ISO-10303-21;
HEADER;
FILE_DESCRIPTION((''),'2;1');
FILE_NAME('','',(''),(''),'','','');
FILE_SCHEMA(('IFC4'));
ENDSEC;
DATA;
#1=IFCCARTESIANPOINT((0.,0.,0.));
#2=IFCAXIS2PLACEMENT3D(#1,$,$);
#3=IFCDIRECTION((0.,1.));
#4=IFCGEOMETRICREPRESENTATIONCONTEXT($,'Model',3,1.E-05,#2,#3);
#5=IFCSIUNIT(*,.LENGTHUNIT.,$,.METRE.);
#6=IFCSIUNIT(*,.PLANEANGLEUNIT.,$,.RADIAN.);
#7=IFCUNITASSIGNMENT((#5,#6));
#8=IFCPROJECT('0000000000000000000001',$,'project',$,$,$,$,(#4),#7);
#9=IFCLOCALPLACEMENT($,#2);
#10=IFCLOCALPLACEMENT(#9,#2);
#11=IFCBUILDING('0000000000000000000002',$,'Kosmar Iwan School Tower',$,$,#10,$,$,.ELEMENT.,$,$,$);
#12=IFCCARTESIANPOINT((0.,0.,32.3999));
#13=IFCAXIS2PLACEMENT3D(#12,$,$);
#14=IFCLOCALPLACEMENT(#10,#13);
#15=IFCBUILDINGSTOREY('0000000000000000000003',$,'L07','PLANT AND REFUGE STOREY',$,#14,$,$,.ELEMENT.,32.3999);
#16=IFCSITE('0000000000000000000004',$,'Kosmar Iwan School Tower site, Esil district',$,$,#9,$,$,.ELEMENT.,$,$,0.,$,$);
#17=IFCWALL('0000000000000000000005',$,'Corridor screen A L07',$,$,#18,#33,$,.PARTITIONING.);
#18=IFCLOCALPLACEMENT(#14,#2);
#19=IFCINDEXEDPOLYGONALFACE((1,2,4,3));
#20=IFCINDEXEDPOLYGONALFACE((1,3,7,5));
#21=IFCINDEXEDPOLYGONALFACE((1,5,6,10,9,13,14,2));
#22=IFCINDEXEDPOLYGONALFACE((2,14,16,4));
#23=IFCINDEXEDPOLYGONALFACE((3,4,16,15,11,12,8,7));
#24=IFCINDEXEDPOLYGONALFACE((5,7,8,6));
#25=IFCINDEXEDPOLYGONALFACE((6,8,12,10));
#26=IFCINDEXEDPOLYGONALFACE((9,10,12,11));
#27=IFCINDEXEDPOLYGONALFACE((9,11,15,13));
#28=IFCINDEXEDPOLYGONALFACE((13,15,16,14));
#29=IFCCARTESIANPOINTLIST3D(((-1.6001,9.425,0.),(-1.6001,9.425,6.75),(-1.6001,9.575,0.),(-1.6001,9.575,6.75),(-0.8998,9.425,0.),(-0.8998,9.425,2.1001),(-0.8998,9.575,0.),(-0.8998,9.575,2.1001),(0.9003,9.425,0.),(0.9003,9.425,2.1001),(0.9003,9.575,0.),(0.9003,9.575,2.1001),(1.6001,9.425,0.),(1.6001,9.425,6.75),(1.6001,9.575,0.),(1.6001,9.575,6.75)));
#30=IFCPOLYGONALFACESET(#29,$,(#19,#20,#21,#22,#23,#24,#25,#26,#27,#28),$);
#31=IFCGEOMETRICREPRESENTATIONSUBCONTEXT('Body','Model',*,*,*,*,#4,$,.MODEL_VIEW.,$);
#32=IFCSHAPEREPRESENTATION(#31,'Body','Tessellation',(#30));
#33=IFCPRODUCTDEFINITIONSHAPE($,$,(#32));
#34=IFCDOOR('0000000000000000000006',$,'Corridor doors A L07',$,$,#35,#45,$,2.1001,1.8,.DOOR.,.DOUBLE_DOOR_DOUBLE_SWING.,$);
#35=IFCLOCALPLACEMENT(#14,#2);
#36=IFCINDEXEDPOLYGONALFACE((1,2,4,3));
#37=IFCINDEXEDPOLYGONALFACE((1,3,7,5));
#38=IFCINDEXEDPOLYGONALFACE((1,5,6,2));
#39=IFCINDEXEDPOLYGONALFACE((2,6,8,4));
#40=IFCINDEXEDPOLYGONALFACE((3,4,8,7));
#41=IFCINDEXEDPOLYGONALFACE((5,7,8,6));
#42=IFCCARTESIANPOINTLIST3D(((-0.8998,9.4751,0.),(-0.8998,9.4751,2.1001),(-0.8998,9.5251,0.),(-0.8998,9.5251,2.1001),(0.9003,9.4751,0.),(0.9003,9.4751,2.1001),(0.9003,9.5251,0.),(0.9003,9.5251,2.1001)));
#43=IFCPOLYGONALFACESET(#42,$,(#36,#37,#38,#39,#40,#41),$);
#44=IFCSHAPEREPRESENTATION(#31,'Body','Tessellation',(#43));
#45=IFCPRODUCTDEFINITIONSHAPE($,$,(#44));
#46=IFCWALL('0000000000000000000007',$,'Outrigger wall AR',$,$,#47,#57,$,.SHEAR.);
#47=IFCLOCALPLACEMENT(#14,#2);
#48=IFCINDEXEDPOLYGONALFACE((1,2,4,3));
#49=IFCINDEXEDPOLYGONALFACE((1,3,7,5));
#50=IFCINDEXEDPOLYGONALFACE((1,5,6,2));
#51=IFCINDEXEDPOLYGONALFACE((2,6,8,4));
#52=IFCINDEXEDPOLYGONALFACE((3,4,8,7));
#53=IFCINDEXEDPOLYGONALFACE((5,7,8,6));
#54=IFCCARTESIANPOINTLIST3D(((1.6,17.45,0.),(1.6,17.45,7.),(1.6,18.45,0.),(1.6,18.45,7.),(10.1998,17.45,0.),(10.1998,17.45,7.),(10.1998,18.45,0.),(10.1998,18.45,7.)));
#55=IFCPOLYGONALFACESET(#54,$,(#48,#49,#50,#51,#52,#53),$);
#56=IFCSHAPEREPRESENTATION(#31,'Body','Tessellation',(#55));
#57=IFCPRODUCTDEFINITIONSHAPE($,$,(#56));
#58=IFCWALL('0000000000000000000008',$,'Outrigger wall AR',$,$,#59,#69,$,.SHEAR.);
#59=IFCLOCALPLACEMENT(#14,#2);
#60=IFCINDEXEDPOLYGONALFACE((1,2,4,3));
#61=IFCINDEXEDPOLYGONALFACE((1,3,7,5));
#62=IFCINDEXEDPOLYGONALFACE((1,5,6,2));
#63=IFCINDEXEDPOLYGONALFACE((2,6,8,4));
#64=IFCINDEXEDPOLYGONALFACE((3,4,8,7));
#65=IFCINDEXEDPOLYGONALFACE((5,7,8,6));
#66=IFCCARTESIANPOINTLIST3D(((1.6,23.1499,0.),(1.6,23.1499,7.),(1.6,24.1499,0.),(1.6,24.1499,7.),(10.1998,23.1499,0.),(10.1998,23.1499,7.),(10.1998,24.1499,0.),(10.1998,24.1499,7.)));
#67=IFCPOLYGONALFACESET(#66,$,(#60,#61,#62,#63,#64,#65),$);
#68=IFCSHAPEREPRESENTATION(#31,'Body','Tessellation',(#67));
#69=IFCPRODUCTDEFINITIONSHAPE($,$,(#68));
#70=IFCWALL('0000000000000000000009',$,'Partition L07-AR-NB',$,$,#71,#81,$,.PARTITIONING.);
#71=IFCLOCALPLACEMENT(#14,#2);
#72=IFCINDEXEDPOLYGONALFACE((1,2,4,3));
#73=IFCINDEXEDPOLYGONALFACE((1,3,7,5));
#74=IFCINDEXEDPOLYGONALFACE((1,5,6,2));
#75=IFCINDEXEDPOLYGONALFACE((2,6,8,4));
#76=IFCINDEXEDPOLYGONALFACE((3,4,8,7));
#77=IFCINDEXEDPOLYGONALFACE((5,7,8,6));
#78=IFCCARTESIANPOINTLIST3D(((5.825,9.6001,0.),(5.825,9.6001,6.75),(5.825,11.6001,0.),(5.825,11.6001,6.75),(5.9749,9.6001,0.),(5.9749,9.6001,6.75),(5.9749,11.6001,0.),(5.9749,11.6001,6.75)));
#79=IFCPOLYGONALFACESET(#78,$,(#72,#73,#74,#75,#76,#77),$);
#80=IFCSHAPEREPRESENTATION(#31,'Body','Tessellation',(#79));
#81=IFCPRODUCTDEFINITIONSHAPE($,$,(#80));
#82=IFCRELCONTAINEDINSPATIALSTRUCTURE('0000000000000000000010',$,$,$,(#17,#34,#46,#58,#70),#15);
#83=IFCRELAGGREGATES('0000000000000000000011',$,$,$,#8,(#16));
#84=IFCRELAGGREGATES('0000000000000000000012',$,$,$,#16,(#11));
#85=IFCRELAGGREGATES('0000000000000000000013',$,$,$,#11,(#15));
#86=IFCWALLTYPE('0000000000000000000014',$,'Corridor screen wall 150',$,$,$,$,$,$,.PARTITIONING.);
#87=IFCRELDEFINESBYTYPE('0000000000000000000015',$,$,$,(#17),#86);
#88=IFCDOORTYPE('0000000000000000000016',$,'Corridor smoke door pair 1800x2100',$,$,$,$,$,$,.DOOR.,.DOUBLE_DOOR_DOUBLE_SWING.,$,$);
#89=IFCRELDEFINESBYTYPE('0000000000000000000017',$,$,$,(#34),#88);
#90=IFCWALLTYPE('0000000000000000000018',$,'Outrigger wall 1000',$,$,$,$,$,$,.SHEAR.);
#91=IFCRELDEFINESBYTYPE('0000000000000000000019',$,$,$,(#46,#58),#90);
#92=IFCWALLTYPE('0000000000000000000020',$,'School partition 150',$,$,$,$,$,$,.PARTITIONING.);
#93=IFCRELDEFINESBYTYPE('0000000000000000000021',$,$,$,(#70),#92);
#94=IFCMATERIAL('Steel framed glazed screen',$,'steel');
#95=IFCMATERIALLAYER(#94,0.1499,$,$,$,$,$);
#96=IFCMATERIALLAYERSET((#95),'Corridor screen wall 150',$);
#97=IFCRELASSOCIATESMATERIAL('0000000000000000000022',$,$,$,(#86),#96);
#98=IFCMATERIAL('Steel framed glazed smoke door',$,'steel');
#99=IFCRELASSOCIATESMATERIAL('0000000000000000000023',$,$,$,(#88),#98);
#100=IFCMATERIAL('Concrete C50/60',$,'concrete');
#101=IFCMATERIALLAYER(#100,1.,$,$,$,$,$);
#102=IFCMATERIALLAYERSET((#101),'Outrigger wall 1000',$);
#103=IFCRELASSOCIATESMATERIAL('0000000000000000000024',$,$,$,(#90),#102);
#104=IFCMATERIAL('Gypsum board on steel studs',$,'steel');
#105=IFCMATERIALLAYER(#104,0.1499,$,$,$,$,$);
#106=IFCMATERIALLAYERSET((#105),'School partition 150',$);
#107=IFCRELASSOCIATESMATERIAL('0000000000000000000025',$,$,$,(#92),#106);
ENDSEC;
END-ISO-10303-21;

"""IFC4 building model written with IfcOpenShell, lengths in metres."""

from ifc_helpers import new_model, si_unit, direction, frame, frame_2d, origin, place, context, subcontext, project, spatial, rectangle, extrude, material, layer, layer_set, type_object, element, fill, save


model = new_model("IFC4")

# Units and contexts
model_context = context("Model", 3, precision=1e-05, world=origin(), true_north=direction((0.0, 1.0)))
body_context = subcontext(model_context, "Body", "Model", "MODEL_VIEW")
ifc_project = project(units=[si_unit("LENGTHUNIT", "METRE"), si_unit("PLANEANGLEUNIT", "RADIAN")], contexts=[model_context])

# Site, building, storey
site_placement = place(None, origin())
site = spatial("IfcSite", under=ifc_project, at=site_placement, Name="Kosmar Iwan School Tower site, Esil district", CompositionType="ELEMENT", RefElevation=0.0)
building_placement = place(site_placement, origin())
building = spatial("IfcBuilding", under=site, at=building_placement, Name="Kosmar Iwan School Tower", CompositionType="ELEMENT")
storey_placement = place(building_placement, frame((0.0, 0.0, 32.3999)))
storey = spatial("IfcBuildingStorey", under=building, at=storey_placement, Name="L07", Description="PLANT AND REFUGE STOREY", CompositionType="ELEMENT", Elevation=32.3999)

# Wall, opening, door
ifc_material_1 = material(Name="Steel framed glazed screen", Category="steel")
ifc_layer_1 = layer(ifc_material_1, 0.1499)
ifc_layer_set_1 = layer_set([ifc_layer_1], Name="Corridor screen wall 150")
wall_type_1 = type_object("IfcWallType", Name="Corridor screen wall 150", PredefinedType="PARTITIONING", material=ifc_layer_set_1)
wall_1_placement = place(storey_placement, frame((1.6001, 9.5, 0.0), z_axis=(0.0, 0.0, 1.0), x_axis=(-1.0, 0.0, 0.0)))
wall_1 = element("IfcWall", 1, at=wall_1_placement, inside=storey, type_object=wall_type_1, Name="Corridor screen A L07", PredefinedType="PARTITIONING", context=body_context, shape_type="SweptSolid", body=[
    extrude(rectangle(XDim=3.2002, YDim=0.1499, at=frame_2d((1.6001, 0.0))), origin(), (0.0, 0.0, 1.0), 6.75),
])
opening_1_placement = place(wall_1_placement, frame((0.7, 0.0, 0.0)))
opening_1 = element("IfcOpeningElement", 2, at=opening_1_placement, cuts=wall_1, PredefinedType="OPENING", context=body_context, shape_type="SweptSolid", body=[
    extrude(rectangle(XDim=1.8, YDim=2.1001, at=frame_2d((0.8999, 1.05))), frame((0.0, 0.0869, 0.0), z_axis=(0.0, -1.0, 0.0), x_axis=(1.0, 0.0, 0.0)), (0.0, 0.0, 1.0), 0.1738),
])
ifc_material_2 = material(Name="Steel framed glazed smoke door", Category="steel")
door_type_1 = type_object("IfcDoorType", Name="Corridor smoke door pair 1800x2100", OperationType="DOUBLE_DOOR_DOUBLE_SWING", PredefinedType="DOOR", material=ifc_material_2)
door_1_placement = place(opening_1_placement, origin())
door_1 = element("IfcDoor", 3, at=door_1_placement, inside=storey, type_object=door_type_1, Name="Corridor doors A L07", OperationType="DOUBLE_DOOR_DOUBLE_SWING", OverallHeight=2.1001, OverallWidth=1.8, PredefinedType="DOOR", context=body_context, shape_type="SweptSolid", body=[
    extrude(rectangle(XDim=1.8, YDim=2.1001, at=frame_2d((0.8999, 1.05))), frame((0.0, 0.0249, 0.0), z_axis=(0.0, -1.0, 0.0), x_axis=(1.0, 0.0, 0.0)), (0.0, 0.0, 1.0), 0.05),
])
fill(opening_1, door_1)

# Walls
ifc_material_3 = material(Name="Concrete C50/60", Category="concrete")
ifc_layer_2 = layer(ifc_material_3, 1.0)
ifc_layer_set_2 = layer_set([ifc_layer_2], Name="Outrigger wall 1000")
wall_type_2 = type_object("IfcWallType", Name="Outrigger wall 1000", PredefinedType="SHEAR", material=ifc_layer_set_2)
for number, where, z_axis, x_axis, name in (
    (4, (1.6001, 17.95, 0.0), (0.0, 0.0, 1.0), (1.0, 0.0, 0.0), "Outrigger wall AR"),
    (5, (1.6001, 23.6499, 0.0), (0.0, 0.0, 1.0), (1.0, 0.0, 0.0), "Outrigger wall AR"),
):
    element("IfcWall", number, at=place(storey_placement, frame(where, z_axis=z_axis, x_axis=x_axis)), inside=storey, type_object=wall_type_2, Name=name, PredefinedType="SHEAR", context=body_context, shape_type="SweptSolid", body=[
        extrude(rectangle(XDim=8.5999, YDim=1.0, at=frame_2d((4.2998, 0.0))), origin(), (0.0, 0.0, 1.0), 7.0),
    ])
ifc_material_4 = material(Name="Gypsum board on steel studs", Category="steel")
ifc_layer_3 = layer(ifc_material_4, 0.1499)
ifc_layer_set_3 = layer_set([ifc_layer_3], Name="School partition 150")
wall_type_3 = type_object("IfcWallType", Name="School partition 150", PredefinedType="PARTITIONING", material=ifc_layer_set_3)
wall_2_placement = place(storey_placement, frame((5.8999, 9.6001, 0.0), z_axis=(0.0, 0.0, 1.0), x_axis=(0.0, 1.0, 0.0)))
element("IfcWall", 6, at=wall_2_placement, inside=storey, type_object=wall_type_3, Name="Partition L07-AR-NB", PredefinedType="PARTITIONING", context=body_context, shape_type="SweptSolid", body=[
    extrude(rectangle(XDim=2.0, YDim=0.1499, at=frame_2d((1.0, 0.0))), origin(), (0.0, 0.0, 1.0), 6.75),
])

save(model, "model.ifc")
